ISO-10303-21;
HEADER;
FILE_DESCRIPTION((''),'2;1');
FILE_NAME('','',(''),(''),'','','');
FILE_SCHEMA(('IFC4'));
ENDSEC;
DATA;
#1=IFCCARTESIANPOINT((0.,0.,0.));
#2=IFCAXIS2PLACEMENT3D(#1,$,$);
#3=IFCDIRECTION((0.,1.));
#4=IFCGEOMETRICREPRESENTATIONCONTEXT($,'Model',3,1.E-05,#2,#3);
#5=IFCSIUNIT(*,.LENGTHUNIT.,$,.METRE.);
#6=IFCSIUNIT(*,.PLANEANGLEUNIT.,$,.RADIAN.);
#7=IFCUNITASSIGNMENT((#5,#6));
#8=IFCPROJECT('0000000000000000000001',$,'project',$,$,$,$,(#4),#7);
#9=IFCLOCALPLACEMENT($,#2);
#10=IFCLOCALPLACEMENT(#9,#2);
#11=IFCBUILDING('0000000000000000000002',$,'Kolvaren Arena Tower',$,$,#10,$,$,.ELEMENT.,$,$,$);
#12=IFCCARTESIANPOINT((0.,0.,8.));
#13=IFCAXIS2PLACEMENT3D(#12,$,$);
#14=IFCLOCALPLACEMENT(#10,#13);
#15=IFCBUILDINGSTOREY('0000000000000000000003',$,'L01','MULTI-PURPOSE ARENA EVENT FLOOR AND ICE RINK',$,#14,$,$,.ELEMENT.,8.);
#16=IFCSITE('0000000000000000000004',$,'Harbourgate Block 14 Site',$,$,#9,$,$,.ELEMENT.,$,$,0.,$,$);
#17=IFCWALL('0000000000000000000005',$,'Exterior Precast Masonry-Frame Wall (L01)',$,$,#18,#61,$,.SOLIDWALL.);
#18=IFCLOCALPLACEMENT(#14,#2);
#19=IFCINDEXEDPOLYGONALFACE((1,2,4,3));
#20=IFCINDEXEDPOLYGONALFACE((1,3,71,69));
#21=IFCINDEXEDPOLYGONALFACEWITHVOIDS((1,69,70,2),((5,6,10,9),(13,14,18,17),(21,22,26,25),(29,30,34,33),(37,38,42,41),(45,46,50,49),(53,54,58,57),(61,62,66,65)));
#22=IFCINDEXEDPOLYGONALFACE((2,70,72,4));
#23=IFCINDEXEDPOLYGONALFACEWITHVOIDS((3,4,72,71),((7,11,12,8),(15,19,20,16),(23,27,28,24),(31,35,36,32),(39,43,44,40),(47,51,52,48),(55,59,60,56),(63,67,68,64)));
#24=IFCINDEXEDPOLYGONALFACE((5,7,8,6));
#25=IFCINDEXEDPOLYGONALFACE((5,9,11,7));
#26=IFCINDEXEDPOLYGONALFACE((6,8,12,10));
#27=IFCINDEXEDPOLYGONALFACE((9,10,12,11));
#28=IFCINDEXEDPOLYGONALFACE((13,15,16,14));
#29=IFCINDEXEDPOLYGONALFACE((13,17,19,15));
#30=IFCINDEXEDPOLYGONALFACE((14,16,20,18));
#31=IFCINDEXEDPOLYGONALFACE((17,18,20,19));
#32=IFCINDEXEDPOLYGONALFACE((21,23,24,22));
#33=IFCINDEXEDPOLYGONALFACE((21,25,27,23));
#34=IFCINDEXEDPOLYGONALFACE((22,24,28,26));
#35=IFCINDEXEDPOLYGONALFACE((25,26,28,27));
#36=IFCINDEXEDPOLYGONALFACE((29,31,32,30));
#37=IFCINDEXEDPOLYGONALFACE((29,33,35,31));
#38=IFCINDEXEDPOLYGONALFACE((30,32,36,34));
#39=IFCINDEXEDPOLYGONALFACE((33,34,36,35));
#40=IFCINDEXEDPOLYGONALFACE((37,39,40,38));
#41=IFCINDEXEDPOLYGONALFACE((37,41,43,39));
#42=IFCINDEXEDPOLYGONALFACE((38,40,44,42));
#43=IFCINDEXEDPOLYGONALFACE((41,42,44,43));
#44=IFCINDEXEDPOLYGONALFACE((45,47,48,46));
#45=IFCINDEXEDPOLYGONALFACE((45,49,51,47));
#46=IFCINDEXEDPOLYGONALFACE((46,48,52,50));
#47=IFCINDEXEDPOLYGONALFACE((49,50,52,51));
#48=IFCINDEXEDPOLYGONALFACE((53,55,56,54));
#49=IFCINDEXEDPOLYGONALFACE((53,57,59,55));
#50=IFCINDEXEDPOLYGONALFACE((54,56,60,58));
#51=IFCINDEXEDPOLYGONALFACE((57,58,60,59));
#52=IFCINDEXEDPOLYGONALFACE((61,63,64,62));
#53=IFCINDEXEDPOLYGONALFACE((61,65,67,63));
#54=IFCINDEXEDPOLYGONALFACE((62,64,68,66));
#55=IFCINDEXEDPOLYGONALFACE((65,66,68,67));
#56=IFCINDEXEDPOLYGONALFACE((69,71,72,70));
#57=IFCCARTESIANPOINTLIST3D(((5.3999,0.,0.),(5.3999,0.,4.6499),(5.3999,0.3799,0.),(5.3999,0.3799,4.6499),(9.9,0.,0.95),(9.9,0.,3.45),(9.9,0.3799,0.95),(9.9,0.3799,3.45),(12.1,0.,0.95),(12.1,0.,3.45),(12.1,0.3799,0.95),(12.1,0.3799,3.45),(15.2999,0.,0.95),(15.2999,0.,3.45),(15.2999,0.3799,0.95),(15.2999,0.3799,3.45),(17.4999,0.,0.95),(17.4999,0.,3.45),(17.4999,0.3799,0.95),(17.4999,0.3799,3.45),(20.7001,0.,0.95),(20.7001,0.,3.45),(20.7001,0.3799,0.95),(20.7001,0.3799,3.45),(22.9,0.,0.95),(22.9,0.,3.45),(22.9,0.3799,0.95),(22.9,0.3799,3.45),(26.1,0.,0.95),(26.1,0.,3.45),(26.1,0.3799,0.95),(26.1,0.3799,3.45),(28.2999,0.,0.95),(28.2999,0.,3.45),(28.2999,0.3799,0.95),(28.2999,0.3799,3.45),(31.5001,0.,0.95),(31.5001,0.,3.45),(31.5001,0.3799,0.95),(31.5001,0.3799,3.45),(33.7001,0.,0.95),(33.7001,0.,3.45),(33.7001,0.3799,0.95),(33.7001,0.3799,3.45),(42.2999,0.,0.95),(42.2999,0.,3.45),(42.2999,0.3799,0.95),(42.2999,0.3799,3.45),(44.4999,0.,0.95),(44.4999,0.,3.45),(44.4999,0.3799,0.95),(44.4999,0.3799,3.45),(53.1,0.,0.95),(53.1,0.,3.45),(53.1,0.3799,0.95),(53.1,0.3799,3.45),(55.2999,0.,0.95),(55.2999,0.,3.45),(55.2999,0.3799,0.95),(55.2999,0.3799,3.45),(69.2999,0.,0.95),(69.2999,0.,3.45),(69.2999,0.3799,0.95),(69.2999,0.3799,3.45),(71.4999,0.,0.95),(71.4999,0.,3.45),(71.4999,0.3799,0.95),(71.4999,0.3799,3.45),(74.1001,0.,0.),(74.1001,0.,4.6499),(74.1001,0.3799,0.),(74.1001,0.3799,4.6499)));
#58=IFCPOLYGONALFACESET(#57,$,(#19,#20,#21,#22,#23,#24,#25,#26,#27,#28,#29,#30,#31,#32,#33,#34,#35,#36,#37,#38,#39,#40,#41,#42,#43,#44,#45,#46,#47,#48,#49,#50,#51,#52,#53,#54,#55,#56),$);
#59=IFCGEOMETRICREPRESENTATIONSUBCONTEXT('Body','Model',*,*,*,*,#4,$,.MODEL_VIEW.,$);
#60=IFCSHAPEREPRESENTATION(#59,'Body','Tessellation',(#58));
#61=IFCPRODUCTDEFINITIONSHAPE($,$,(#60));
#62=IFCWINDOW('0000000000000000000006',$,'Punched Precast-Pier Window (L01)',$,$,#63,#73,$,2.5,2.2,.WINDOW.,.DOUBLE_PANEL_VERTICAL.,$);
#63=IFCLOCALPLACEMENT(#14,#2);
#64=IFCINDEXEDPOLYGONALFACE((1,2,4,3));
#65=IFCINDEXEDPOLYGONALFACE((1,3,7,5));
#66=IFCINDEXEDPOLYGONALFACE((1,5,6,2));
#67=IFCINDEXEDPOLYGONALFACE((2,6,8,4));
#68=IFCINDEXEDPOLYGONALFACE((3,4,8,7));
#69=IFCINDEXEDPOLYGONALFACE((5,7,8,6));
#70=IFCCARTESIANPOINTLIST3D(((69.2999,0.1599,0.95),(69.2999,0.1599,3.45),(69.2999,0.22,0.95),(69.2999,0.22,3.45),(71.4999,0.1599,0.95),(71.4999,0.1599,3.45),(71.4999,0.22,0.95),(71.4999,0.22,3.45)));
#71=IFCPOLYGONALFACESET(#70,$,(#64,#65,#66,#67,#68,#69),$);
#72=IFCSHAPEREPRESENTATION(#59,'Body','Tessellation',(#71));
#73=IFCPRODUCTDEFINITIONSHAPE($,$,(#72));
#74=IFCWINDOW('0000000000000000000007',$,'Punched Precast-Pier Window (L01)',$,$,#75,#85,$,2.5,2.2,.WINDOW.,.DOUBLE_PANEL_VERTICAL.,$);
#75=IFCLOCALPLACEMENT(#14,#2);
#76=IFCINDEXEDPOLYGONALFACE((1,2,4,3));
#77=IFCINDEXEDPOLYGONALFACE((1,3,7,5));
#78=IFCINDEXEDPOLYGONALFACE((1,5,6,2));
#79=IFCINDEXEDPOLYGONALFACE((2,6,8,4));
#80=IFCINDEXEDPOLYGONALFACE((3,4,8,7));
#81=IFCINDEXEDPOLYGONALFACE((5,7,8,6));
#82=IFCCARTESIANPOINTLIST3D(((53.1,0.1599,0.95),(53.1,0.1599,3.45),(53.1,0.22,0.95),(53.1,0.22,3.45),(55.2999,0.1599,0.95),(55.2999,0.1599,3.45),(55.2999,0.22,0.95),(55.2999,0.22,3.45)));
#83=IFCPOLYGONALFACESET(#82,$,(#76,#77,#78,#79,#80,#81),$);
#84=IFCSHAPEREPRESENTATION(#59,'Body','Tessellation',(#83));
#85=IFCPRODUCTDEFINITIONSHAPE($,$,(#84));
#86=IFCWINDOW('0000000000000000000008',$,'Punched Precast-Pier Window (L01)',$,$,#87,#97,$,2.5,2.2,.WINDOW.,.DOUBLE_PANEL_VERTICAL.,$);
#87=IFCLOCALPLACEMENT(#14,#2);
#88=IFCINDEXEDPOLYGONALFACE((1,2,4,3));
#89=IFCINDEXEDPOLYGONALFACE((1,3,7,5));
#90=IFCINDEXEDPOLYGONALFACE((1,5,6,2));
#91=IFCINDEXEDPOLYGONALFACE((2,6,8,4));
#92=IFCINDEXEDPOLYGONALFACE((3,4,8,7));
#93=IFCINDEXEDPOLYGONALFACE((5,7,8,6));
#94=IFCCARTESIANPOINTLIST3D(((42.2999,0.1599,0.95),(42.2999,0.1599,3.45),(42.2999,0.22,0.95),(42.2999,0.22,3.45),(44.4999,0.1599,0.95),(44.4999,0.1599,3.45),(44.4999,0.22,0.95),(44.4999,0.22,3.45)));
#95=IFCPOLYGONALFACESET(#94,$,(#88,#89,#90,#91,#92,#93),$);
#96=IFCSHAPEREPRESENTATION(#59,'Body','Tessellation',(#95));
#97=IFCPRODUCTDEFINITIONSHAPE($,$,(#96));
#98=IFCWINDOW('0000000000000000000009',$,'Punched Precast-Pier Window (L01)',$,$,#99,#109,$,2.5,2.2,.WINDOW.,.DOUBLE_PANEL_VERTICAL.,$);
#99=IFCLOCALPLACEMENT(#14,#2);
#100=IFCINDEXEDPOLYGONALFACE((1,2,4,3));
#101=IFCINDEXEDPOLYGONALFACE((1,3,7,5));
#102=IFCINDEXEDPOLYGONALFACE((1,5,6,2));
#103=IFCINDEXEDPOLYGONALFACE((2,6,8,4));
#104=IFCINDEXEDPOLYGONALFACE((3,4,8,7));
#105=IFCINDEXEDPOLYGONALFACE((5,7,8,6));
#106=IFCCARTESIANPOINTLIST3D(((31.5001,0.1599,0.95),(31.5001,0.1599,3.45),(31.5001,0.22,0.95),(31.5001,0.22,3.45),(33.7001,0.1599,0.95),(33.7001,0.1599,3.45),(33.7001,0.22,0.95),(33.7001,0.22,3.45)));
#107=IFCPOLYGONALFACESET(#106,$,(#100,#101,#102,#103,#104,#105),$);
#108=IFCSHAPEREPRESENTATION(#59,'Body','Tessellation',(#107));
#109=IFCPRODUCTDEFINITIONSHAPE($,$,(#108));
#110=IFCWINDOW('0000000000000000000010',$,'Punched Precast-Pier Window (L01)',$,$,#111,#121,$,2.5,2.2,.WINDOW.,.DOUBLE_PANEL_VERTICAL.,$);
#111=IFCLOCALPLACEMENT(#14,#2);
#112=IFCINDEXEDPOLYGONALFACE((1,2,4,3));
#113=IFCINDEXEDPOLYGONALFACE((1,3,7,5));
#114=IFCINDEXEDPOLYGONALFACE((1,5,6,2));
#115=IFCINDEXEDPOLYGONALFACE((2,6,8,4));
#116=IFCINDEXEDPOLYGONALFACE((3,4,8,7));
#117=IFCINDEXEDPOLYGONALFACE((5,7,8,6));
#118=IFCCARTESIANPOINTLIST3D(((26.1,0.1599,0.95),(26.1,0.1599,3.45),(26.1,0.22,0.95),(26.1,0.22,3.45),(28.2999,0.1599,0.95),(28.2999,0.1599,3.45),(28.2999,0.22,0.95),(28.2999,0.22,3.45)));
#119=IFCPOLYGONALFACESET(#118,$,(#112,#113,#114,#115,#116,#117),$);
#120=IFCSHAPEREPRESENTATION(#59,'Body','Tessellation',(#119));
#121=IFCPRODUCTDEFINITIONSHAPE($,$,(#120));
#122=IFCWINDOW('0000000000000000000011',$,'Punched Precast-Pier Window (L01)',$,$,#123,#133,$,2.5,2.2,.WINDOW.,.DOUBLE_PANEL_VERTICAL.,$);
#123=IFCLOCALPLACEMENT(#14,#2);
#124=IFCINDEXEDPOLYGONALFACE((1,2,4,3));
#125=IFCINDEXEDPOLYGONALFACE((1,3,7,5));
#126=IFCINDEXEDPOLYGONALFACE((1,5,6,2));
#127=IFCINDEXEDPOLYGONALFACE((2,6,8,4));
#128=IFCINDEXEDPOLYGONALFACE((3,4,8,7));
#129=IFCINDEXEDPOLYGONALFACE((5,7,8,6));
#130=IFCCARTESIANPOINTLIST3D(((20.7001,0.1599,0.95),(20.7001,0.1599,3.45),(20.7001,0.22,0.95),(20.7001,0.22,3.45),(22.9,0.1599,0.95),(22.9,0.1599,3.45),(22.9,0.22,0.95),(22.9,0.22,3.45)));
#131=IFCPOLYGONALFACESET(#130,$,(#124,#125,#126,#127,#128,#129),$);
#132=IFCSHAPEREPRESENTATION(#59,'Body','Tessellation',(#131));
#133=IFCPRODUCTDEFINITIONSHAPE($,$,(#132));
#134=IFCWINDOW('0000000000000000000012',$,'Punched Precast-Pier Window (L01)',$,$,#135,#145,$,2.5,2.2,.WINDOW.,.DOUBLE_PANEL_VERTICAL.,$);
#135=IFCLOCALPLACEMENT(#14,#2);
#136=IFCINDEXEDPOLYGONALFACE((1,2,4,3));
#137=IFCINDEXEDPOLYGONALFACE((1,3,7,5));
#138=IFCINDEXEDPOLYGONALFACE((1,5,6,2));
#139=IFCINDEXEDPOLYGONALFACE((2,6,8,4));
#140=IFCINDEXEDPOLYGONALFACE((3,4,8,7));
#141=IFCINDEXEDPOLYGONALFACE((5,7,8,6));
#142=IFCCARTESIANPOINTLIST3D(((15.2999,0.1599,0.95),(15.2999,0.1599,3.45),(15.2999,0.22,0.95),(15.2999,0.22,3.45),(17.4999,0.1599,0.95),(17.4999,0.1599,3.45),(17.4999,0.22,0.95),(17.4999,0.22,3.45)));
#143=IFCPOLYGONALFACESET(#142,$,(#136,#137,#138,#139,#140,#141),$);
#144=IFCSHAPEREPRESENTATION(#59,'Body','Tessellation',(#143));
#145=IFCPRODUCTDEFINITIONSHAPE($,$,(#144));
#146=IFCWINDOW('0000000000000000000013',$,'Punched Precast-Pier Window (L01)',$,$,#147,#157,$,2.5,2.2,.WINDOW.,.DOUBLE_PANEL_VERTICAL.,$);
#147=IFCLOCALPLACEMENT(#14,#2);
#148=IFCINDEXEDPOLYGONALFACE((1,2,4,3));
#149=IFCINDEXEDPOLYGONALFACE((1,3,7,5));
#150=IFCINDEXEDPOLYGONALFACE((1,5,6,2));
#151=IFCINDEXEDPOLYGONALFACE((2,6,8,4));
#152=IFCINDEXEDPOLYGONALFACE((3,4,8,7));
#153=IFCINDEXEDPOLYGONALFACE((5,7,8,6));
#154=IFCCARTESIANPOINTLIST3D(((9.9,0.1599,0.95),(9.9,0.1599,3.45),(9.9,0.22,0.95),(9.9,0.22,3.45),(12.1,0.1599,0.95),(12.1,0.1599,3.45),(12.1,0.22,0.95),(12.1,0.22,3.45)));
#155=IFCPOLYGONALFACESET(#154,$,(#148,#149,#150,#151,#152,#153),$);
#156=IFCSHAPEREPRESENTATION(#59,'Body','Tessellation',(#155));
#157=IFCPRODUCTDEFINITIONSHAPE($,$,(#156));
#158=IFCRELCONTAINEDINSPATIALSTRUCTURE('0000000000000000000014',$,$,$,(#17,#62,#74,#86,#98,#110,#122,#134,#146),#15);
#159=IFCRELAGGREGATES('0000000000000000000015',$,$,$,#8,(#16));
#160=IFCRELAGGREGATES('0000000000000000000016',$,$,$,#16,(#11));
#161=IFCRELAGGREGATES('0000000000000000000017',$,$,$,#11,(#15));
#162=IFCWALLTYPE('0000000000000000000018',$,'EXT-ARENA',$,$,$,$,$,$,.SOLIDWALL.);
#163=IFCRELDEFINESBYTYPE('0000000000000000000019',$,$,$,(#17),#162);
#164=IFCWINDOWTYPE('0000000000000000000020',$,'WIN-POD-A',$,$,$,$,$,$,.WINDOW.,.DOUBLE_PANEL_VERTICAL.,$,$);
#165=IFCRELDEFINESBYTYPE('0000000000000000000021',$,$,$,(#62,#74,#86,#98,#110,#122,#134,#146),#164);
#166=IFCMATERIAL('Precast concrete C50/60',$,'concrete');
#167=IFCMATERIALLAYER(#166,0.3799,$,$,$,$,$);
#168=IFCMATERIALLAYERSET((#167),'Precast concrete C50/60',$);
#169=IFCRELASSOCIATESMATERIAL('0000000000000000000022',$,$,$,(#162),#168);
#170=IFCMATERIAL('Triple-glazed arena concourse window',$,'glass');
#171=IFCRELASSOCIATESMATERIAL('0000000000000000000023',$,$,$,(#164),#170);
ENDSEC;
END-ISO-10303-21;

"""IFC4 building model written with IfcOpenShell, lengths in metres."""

from ifc_helpers import new_model, si_unit, direction, frame, frame_2d, origin, place, context, subcontext, project, spatial, rectangle, extrude, material, layer, layer_set, type_object, element, fill, save


model = new_model("IFC4")

# Units and contexts
model_context = context("Model", 3, precision=1e-05, world=origin(), true_north=direction((0.0, 1.0)))
body_context = subcontext(model_context, "Body", "Model", "MODEL_VIEW")
ifc_project = project(units=[si_unit("LENGTHUNIT", "METRE"), si_unit("PLANEANGLEUNIT", "RADIAN")], contexts=[model_context])

# Site, building, storey
site_placement = place(None, origin())
site = spatial("IfcSite", under=ifc_project, at=site_placement, Name="Harbourgate Block 14 Site", CompositionType="ELEMENT", RefElevation=0.0)
building_placement = place(site_placement, origin())
building = spatial("IfcBuilding", under=site, at=building_placement, Name="Kolvaren Arena Tower", CompositionType="ELEMENT")
storey_placement = place(building_placement, frame((0.0, 0.0, 8.0)))
storey = spatial("IfcBuildingStorey", under=building, at=storey_placement, Name="L01", Description="MULTI-PURPOSE ARENA EVENT FLOOR AND ICE RINK", CompositionType="ELEMENT", Elevation=8.0)

# Shared definitions
ifc_material_1 = material(Name="Precast concrete C50/60", Category="concrete")
ifc_layer_1 = layer(ifc_material_1, 0.3799)
ifc_layer_set_1 = layer_set([ifc_layer_1], Name="Precast concrete C50/60")
wall_type_1 = type_object("IfcWallType", Name="EXT-ARENA", PredefinedType="SOLIDWALL", material=ifc_layer_set_1)

# Wall, openings, windows
wall_1_placement = place(storey_placement, frame((74.1001, 0.1899, 0.0), z_axis=(0.0, 0.0, 1.0), x_axis=(-1.0, 0.0, 0.0)))
wall_1 = element("IfcWall", 1, at=wall_1_placement, inside=storey, type_object=wall_type_1, Name="Exterior Precast Masonry-Frame Wall (L01)", PredefinedType="SOLIDWALL", context=body_context, shape_type="SweptSolid", body=[
    extrude(rectangle(XDim=68.7002, YDim=0.3799, at=frame_2d((34.3501, 0.0))), origin(), (0.0, 0.0, 1.0), 4.6499),
])
opening_1_placement = place(wall_1_placement, frame((2.6001, 0.0, 0.95)))
opening_1 = element("IfcOpeningElement", 2, at=opening_1_placement, cuts=wall_1, PredefinedType="OPENING", context=body_context, shape_type="SweptSolid", body=[
    extrude(rectangle(XDim=2.2, YDim=2.5, at=frame_2d((1.1001, 1.25))), frame((0.0, 0.2, 0.0), z_axis=(0.0, -1.0, 0.0), x_axis=(1.0, 0.0, 0.0)), (0.0, 0.0, 1.0), 0.3999),
])
opening_2_placement = place(wall_1_placement, frame((18.8, 0.0, 0.95)))
opening_2 = element("IfcOpeningElement", 3, at=opening_2_placement, cuts=wall_1, PredefinedType="OPENING", context=body_context, shape_type="SweptSolid", body=[
    extrude(rectangle(XDim=2.2, YDim=2.5, at=frame_2d((1.1001, 1.25))), frame((0.0, 0.2, 0.0), z_axis=(0.0, -1.0, 0.0), x_axis=(1.0, 0.0, 0.0)), (0.0, 0.0, 1.0), 0.3999),
])
opening_3_placement = place(wall_1_placement, frame((29.6001, 0.0, 0.95)))
opening_3 = element("IfcOpeningElement", 4, at=opening_3_placement, cuts=wall_1, PredefinedType="OPENING", context=body_context, shape_type="SweptSolid", body=[
    extrude(rectangle(XDim=2.2, YDim=2.5, at=frame_2d((1.1001, 1.25))), frame((0.0, 0.2, 0.0), z_axis=(0.0, -1.0, 0.0), x_axis=(1.0, 0.0, 0.0)), (0.0, 0.0, 1.0), 0.3999),
])
opening_4_placement = place(wall_1_placement, frame((40.3999, 0.0, 0.95)))
opening_4 = element("IfcOpeningElement", 5, at=opening_4_placement, cuts=wall_1, PredefinedType="OPENING", context=body_context, shape_type="SweptSolid", body=[
    extrude(rectangle(XDim=2.2, YDim=2.5, at=frame_2d((1.1001, 1.25))), frame((0.0, 0.2, 0.0), z_axis=(0.0, -1.0, 0.0), x_axis=(1.0, 0.0, 0.0)), (0.0, 0.0, 1.0), 0.3999),
])
opening_5_placement = place(wall_1_placement, frame((45.8, 0.0, 0.95)))
opening_5 = element("IfcOpeningElement", 6, at=opening_5_placement, cuts=wall_1, PredefinedType="OPENING", context=body_context, shape_type="SweptSolid", body=[
    extrude(rectangle(XDim=2.2, YDim=2.5, at=frame_2d((1.1001, 1.25))), frame((0.0, 0.2, 0.0), z_axis=(0.0, -1.0, 0.0), x_axis=(1.0, 0.0, 0.0)), (0.0, 0.0, 1.0), 0.3999),
])
opening_6_placement = place(wall_1_placement, frame((51.2, 0.0, 0.95)))
opening_6 = element("IfcOpeningElement", 7, at=opening_6_placement, cuts=wall_1, PredefinedType="OPENING", context=body_context, shape_type="SweptSolid", body=[
    extrude(rectangle(XDim=2.2, YDim=2.5, at=frame_2d((1.1001, 1.25))), frame((0.0, 0.2, 0.0), z_axis=(0.0, -1.0, 0.0), x_axis=(1.0, 0.0, 0.0)), (0.0, 0.0, 1.0), 0.3999),
])
opening_7_placement = place(wall_1_placement, frame((56.6001, 0.0, 0.95)))
opening_7 = element("IfcOpeningElement", 8, at=opening_7_placement, cuts=wall_1, PredefinedType="OPENING", context=body_context, shape_type="SweptSolid", body=[
    extrude(rectangle(XDim=2.2, YDim=2.5, at=frame_2d((1.1001, 1.25))), frame((0.0, 0.2, 0.0), z_axis=(0.0, -1.0, 0.0), x_axis=(1.0, 0.0, 0.0)), (0.0, 0.0, 1.0), 0.3999),
])
opening_8_placement = place(wall_1_placement, frame((62.0, 0.0, 0.95)))
opening_8 = element("IfcOpeningElement", 9, at=opening_8_placement, cuts=wall_1, PredefinedType="OPENING", context=body_context, shape_type="SweptSolid", body=[
    extrude(rectangle(XDim=2.2, YDim=2.5, at=frame_2d((1.1001, 1.25))), frame((0.0, 0.2, 0.0), z_axis=(0.0, -1.0, 0.0), x_axis=(1.0, 0.0, 0.0)), (0.0, 0.0, 1.0), 0.3999),
])
ifc_material_2 = material(Name="Triple-glazed arena concourse window", Category="glass")
window_type = type_object("IfcWindowType", Name="WIN-POD-A", PartitioningType="DOUBLE_PANEL_VERTICAL", PredefinedType="WINDOW", material=ifc_material_2)
window_1_placement = place(opening_1_placement, origin())
window_1 = element("IfcWindow", 10, at=window_1_placement, inside=storey, type_object=window_type, Name="Punched Precast-Pier Window (L01)", OverallHeight=2.5, OverallWidth=2.2, PartitioningType="DOUBLE_PANEL_VERTICAL", PredefinedType="WINDOW", context=body_context, shape_type="SweptSolid", body=[
    extrude(rectangle(XDim=2.2, YDim=2.5, at=frame_2d((1.1001, 1.25))), frame((0.0, 0.03, 0.0), z_axis=(0.0, -1.0, 0.0), x_axis=(1.0, 0.0, 0.0)), (0.0, 0.0, 1.0), 0.0601),
])
fill(opening_1, window_1)
window_2_placement = place(opening_2_placement, origin())
window_2 = element("IfcWindow", 11, at=window_2_placement, inside=storey, type_object=window_type, Name="Punched Precast-Pier Window (L01)", OverallHeight=2.5, OverallWidth=2.2, PartitioningType="DOUBLE_PANEL_VERTICAL", PredefinedType="WINDOW", context=body_context, shape_type="SweptSolid", body=[
    extrude(rectangle(XDim=2.2, YDim=2.5, at=frame_2d((1.1001, 1.25))), frame((0.0, 0.03, 0.0), z_axis=(0.0, -1.0, 0.0), x_axis=(1.0, 0.0, 0.0)), (0.0, 0.0, 1.0), 0.0601),
])
fill(opening_2, window_2)
window_3_placement = place(opening_3_placement, origin())
window_3 = element("IfcWindow", 12, at=window_3_placement, inside=storey, type_object=window_type, Name="Punched Precast-Pier Window (L01)", OverallHeight=2.5, OverallWidth=2.2, PartitioningType="DOUBLE_PANEL_VERTICAL", PredefinedType="WINDOW", context=body_context, shape_type="SweptSolid", body=[
    extrude(rectangle(XDim=2.2, YDim=2.5, at=frame_2d((1.1001, 1.25))), frame((0.0, 0.03, 0.0), z_axis=(0.0, -1.0, 0.0), x_axis=(1.0, 0.0, 0.0)), (0.0, 0.0, 1.0), 0.0601),
])
fill(opening_3, window_3)
window_4_placement = place(opening_4_placement, origin())
window_4 = element("IfcWindow", 13, at=window_4_placement, inside=storey, type_object=window_type, Name="Punched Precast-Pier Window (L01)", OverallHeight=2.5, OverallWidth=2.2, PartitioningType="DOUBLE_PANEL_VERTICAL", PredefinedType="WINDOW", context=body_context, shape_type="SweptSolid", body=[
    extrude(rectangle(XDim=2.2, YDim=2.5, at=frame_2d((1.1001, 1.25))), frame((0.0, 0.03, 0.0), z_axis=(0.0, -1.0, 0.0), x_axis=(1.0, 0.0, 0.0)), (0.0, 0.0, 1.0), 0.0601),
])
fill(opening_4, window_4)
window_5_placement = place(opening_5_placement, origin())
window_5 = element("IfcWindow", 14, at=window_5_placement, inside=storey, type_object=window_type, Name="Punched Precast-Pier Window (L01)", OverallHeight=2.5, OverallWidth=2.2, PartitioningType="DOUBLE_PANEL_VERTICAL", PredefinedType="WINDOW", context=body_context, shape_type="SweptSolid", body=[
    extrude(rectangle(XDim=2.2, YDim=2.5, at=frame_2d((1.1001, 1.25))), frame((0.0, 0.03, 0.0), z_axis=(0.0, -1.0, 0.0), x_axis=(1.0, 0.0, 0.0)), (0.0, 0.0, 1.0), 0.0601),
])
fill(opening_5, window_5)
window_6_placement = place(opening_6_placement, origin())
window_6 = element("IfcWindow", 15, at=window_6_placement, inside=storey, type_object=window_type, Name="Punched Precast-Pier Window (L01)", OverallHeight=2.5, OverallWidth=2.2, PartitioningType="DOUBLE_PANEL_VERTICAL", PredefinedType="WINDOW", context=body_context, shape_type="SweptSolid", body=[
    extrude(rectangle(XDim=2.2, YDim=2.5, at=frame_2d((1.1001, 1.25))), frame((0.0, 0.03, 0.0), z_axis=(0.0, -1.0, 0.0), x_axis=(1.0, 0.0, 0.0)), (0.0, 0.0, 1.0), 0.0601),
])
fill(opening_6, window_6)
window_7_placement = place(opening_7_placement, origin())
window_7 = element("IfcWindow", 16, at=window_7_placement, inside=storey, type_object=window_type, Name="Punched Precast-Pier Window (L01)", OverallHeight=2.5, OverallWidth=2.2, PartitioningType="DOUBLE_PANEL_VERTICAL", PredefinedType="WINDOW", context=body_context, shape_type="SweptSolid", body=[
    extrude(rectangle(XDim=2.2, YDim=2.5, at=frame_2d((1.1001, 1.25))), frame((0.0, 0.03, 0.0), z_axis=(0.0, -1.0, 0.0), x_axis=(1.0, 0.0, 0.0)), (0.0, 0.0, 1.0), 0.0601),
])
fill(opening_7, window_7)
window_8_placement = place(opening_8_placement, origin())
window_8 = element("IfcWindow", 17, at=window_8_placement, inside=storey, type_object=window_type, Name="Punched Precast-Pier Window (L01)", OverallHeight=2.5, OverallWidth=2.2, PartitioningType="DOUBLE_PANEL_VERTICAL", PredefinedType="WINDOW", context=body_context, shape_type="SweptSolid", body=[
    extrude(rectangle(XDim=2.2, YDim=2.5, at=frame_2d((1.1001, 1.25))), frame((0.0, 0.03, 0.0), z_axis=(0.0, -1.0, 0.0), x_axis=(1.0, 0.0, 0.0)), (0.0, 0.0, 1.0), 0.0601),
])
fill(opening_8, window_8)

save(model, "model.ifc")
